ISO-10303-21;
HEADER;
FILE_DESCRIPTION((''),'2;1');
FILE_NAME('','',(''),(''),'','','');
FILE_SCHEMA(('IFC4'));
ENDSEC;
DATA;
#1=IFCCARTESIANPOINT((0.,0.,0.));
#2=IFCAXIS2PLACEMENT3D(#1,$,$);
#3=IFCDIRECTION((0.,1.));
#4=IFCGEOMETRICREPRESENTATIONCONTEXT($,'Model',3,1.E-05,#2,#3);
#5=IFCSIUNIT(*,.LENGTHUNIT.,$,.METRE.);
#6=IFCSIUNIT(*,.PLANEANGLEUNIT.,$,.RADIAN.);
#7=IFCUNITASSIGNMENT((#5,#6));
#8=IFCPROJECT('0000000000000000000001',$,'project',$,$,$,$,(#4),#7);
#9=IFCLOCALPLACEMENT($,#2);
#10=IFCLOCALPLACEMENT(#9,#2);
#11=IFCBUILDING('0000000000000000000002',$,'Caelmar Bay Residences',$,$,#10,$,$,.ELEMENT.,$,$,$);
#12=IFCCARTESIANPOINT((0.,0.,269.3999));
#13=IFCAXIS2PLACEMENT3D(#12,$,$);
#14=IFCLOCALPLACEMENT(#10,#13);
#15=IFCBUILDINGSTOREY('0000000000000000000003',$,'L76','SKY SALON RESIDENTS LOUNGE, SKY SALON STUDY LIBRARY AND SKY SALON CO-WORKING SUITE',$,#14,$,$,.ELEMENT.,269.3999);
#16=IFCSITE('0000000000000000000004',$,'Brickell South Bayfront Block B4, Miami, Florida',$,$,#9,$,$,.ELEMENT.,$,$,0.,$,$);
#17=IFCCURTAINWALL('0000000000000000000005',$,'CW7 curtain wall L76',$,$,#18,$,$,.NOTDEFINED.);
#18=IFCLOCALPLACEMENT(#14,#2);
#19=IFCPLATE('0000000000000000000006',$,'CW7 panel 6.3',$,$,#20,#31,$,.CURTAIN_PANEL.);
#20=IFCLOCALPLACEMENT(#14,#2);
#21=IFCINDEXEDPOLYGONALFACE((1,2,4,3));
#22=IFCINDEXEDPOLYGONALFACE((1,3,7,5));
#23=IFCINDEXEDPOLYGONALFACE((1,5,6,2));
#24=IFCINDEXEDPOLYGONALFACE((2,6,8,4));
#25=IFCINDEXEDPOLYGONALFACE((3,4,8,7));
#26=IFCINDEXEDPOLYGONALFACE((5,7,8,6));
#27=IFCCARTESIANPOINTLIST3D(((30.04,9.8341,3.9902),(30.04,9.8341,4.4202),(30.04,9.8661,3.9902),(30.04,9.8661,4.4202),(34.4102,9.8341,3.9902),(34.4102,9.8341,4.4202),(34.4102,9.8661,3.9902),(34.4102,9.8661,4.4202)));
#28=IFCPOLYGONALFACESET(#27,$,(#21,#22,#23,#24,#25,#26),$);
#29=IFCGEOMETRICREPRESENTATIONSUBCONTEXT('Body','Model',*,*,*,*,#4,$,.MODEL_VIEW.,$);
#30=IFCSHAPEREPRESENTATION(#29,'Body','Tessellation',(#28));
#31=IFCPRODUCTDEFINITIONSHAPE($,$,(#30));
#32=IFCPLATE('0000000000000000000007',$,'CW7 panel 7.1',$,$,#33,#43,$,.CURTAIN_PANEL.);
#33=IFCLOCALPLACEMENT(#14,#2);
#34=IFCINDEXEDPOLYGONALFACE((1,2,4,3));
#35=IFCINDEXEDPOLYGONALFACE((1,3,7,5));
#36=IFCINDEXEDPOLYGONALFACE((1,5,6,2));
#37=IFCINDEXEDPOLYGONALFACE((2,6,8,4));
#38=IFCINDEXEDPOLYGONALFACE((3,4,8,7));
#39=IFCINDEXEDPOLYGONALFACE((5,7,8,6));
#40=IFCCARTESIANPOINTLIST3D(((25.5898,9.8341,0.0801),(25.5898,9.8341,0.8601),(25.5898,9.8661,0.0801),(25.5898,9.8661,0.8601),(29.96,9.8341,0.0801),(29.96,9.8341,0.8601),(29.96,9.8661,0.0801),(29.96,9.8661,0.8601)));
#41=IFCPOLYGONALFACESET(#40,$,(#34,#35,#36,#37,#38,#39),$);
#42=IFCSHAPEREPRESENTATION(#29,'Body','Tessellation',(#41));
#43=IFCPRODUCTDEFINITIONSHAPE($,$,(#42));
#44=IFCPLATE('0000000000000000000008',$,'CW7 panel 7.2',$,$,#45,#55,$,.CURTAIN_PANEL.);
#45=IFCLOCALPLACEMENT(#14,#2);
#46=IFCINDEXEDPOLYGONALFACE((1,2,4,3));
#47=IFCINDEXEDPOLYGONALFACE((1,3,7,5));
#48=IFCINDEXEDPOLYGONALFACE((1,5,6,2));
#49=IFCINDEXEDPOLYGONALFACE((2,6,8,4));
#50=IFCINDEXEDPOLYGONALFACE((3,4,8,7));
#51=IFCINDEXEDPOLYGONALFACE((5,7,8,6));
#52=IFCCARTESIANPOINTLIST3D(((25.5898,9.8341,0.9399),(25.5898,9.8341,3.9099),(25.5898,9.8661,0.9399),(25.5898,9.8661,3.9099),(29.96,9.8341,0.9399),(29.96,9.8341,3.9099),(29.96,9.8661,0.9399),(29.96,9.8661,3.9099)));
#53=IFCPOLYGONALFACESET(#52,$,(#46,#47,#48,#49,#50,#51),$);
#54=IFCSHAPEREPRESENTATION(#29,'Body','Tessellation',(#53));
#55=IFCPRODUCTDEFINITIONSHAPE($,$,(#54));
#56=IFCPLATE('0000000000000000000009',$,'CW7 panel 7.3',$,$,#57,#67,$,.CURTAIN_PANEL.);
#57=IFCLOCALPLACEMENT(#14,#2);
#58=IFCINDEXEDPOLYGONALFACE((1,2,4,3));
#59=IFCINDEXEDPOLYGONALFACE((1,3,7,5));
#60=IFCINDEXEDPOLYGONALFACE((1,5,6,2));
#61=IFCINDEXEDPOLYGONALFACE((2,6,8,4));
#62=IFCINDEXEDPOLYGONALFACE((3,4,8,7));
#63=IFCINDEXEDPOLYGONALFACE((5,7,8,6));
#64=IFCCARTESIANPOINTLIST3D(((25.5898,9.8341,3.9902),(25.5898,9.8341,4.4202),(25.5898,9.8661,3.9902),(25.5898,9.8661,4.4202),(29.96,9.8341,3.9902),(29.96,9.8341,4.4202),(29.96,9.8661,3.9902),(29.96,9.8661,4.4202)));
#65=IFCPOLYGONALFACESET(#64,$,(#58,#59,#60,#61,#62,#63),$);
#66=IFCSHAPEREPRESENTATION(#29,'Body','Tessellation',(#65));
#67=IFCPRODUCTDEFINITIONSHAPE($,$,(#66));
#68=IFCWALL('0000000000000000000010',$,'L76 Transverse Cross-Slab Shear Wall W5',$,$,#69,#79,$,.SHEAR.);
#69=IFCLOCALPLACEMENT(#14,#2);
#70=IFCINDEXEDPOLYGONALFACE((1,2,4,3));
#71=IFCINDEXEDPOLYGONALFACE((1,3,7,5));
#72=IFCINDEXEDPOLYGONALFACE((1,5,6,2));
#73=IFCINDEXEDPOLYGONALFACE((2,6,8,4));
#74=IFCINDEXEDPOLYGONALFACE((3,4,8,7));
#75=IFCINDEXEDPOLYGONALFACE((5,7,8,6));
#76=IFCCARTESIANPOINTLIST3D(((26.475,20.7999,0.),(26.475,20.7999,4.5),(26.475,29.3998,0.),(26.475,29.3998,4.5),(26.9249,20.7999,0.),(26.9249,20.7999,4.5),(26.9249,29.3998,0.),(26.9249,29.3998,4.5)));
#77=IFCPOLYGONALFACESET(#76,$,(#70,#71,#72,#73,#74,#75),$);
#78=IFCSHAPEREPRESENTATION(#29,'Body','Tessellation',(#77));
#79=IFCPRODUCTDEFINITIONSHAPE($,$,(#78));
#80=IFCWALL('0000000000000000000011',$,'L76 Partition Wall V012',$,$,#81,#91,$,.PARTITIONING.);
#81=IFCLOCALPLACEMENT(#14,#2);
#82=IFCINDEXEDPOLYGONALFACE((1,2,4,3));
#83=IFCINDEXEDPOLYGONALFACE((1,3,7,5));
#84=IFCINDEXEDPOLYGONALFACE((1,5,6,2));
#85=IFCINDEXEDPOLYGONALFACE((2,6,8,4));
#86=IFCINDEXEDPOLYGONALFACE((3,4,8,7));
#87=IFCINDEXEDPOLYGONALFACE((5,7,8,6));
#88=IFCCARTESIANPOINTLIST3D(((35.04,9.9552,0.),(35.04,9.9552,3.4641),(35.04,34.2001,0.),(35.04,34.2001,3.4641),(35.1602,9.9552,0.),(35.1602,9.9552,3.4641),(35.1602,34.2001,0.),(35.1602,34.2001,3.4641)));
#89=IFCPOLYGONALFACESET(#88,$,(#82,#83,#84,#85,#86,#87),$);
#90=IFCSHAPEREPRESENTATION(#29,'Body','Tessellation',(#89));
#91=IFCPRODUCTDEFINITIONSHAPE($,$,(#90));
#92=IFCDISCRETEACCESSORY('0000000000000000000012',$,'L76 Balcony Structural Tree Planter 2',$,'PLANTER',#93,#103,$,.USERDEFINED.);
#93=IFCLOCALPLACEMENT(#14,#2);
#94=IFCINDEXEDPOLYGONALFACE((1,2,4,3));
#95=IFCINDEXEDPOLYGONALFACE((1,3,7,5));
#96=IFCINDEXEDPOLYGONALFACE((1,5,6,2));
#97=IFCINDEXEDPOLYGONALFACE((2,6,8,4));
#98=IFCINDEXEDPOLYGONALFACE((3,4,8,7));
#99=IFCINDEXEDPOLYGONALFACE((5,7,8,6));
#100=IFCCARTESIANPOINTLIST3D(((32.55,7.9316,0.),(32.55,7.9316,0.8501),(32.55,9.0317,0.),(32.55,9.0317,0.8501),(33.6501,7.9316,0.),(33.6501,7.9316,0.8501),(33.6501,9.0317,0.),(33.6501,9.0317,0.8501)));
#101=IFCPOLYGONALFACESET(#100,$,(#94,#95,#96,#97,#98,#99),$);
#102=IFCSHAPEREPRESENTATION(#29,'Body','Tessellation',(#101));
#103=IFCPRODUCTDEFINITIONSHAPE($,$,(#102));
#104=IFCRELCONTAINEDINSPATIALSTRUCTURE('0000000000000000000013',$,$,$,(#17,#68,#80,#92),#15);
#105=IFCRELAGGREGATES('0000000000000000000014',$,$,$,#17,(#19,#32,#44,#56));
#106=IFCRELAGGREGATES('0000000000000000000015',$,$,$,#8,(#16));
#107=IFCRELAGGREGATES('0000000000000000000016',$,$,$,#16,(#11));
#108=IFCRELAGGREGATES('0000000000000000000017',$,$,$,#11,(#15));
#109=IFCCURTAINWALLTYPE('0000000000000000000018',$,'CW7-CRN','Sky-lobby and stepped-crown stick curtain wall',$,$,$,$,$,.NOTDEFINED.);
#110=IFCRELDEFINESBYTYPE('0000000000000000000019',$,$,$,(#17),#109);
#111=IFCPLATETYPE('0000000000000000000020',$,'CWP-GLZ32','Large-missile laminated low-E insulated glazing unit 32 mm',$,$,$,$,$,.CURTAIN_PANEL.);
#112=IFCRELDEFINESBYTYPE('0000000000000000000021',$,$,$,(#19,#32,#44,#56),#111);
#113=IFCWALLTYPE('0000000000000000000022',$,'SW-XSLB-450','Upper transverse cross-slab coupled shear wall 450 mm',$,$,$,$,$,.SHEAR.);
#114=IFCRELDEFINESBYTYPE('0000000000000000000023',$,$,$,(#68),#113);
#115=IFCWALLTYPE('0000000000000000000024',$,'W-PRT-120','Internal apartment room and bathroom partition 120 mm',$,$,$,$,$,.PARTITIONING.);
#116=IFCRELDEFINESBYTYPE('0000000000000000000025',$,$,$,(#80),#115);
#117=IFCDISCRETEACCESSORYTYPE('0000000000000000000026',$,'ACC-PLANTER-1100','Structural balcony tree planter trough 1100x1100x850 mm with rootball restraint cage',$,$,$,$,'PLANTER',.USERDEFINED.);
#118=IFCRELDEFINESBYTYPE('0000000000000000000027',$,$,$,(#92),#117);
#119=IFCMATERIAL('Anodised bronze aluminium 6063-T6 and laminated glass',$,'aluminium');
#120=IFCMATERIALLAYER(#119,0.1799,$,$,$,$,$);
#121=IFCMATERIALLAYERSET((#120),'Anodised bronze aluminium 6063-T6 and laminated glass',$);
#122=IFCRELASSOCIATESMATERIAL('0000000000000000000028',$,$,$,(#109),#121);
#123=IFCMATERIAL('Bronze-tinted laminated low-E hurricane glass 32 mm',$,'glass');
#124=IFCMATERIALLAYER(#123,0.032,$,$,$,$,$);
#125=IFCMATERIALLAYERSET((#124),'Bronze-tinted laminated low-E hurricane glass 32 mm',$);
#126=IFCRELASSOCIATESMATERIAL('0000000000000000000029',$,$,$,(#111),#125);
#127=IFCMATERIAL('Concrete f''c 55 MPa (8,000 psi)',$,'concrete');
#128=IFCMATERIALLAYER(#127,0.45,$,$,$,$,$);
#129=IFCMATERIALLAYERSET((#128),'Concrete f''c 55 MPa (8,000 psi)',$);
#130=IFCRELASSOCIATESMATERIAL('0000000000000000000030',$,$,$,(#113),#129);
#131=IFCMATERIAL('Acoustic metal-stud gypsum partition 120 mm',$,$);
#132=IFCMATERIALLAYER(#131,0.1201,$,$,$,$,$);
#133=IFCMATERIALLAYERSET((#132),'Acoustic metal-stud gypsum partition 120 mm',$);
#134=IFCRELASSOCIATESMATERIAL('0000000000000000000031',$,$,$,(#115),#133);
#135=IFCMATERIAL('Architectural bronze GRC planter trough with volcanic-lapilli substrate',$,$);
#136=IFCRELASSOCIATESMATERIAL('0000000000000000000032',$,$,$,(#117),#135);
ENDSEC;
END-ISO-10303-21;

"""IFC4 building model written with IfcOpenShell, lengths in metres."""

from ifc_helpers import new_model, si_unit, direction, frame, frame_2d, origin, origin_2d, place, context, subcontext, project, spatial, rectangle, extrude, material, layer, layer_set, type_object, element, aggregate, save


model = new_model("IFC4")

# Units and contexts
model_context = context("Model", 3, precision=1e-05, world=origin(), true_north=direction((0.0, 1.0)))
body_context = subcontext(model_context, "Body", "Model", "MODEL_VIEW")
ifc_project = project(units=[si_unit("LENGTHUNIT", "METRE"), si_unit("PLANEANGLEUNIT", "RADIAN")], contexts=[model_context])

# Site, building, storey
site_placement = place(None, origin())
site = spatial("IfcSite", under=ifc_project, at=site_placement, Name="Brickell South Bayfront Block B4, Miami, Florida", CompositionType="ELEMENT", RefElevation=0.0)
building_placement = place(site_placement, origin())
building = spatial("IfcBuilding", under=site, at=building_placement, Name="Caelmar Bay Residences", CompositionType="ELEMENT")
storey_placement = place(building_placement, frame((0.0, 0.0, 269.3999)))
storey = spatial("IfcBuildingStorey", under=building, at=storey_placement, Name="L76", Description="SKY SALON RESIDENTS LOUNGE, SKY SALON STUDY LIBRARY AND SKY SALON CO-WORKING SUITE", CompositionType="ELEMENT", Elevation=269.3999)

# Shared definitions
ifc_material_1 = material(Name="Concrete f'c 55 MPa (8,000 psi)", Category="concrete")

# Curtain wall, plates
ifc_material_2 = material(Name="Anodised bronze aluminium 6063-T6 and laminated glass", Category="aluminium")
ifc_layer_1 = layer(ifc_material_2, 0.1799)
ifc_layer_set_1 = layer_set([ifc_layer_1], Name="Anodised bronze aluminium 6063-T6 and laminated glass")
curtain_wall_type = type_object("IfcCurtainWallType", Name="CW7-CRN", Description="Sky-lobby and stepped-crown stick curtain wall", PredefinedType="NOTDEFINED", material=ifc_layer_set_1)
curtain_wall_placement = place(storey_placement, origin())
curtain_wall = element("IfcCurtainWall", 1, at=curtain_wall_placement, inside=storey, type_object=curtain_wall_type, Name="CW7 curtain wall L76", PredefinedType="NOTDEFINED")
ifc_material_3 = material(Name="Bronze-tinted laminated low-E hurricane glass 32 mm", Category="glass")
ifc_layer_2 = layer(ifc_material_3, 0.032)
ifc_layer_set_2 = layer_set([ifc_layer_2], Name="Bronze-tinted laminated low-E hurricane glass 32 mm")
plate_type = type_object("IfcPlateType", Name="CWP-GLZ32", Description="Large-missile laminated low-E insulated glazing unit 32 mm", PredefinedType="CURTAIN_PANEL", material=ifc_layer_set_2)
plate_1_placement = place(storey_placement, frame((32.2251, 9.8501, 3.9902), z_axis=(0.0, 0.0, 1.0), x_axis=(-1.0, 0.0, 0.0)))
plate_1 = element("IfcPlate", 2, at=plate_1_placement, type_object=plate_type, Name="CW7 panel 6.3", PredefinedType="CURTAIN_PANEL", context=body_context, shape_type="SweptSolid", body=[
    extrude(rectangle(XDim=4.3701, YDim=0.032, at=origin_2d()), origin(), (0.0, 0.0, 1.0), 0.4299),
])
plate_2_placement = place(storey_placement, frame((27.7749, 9.8501, 0.0801), z_axis=(0.0, 0.0, 1.0), x_axis=(-1.0, 0.0, 0.0)))
plate_2 = element("IfcPlate", 3, at=plate_2_placement, type_object=plate_type, Name="CW7 panel 7.1", PredefinedType="CURTAIN_PANEL", context=body_context, shape_type="SweptSolid", body=[
    extrude(rectangle(XDim=4.3701, YDim=0.032, at=origin_2d()), origin(), (0.0, 0.0, 1.0), 0.78),
])
plate_3_placement = place(storey_placement, frame((27.7749, 9.8501, 0.9399), z_axis=(0.0, 0.0, 1.0), x_axis=(-1.0, 0.0, 0.0)))
plate_3 = element("IfcPlate", 4, at=plate_3_placement, type_object=plate_type, Name="CW7 panel 7.2", PredefinedType="CURTAIN_PANEL", context=body_context, shape_type="SweptSolid", body=[
    extrude(rectangle(XDim=4.3701, YDim=0.032, at=origin_2d()), origin(), (0.0, 0.0, 1.0), 2.97),
])
plate_4_placement = place(storey_placement, frame((27.7749, 9.8501, 3.9902), z_axis=(0.0, 0.0, 1.0), x_axis=(-1.0, 0.0, 0.0)))
plate_4 = element("IfcPlate", 5, at=plate_4_placement, type_object=plate_type, Name="CW7 panel 7.3", PredefinedType="CURTAIN_PANEL", context=body_context, shape_type="SweptSolid", body=[
    extrude(rectangle(XDim=4.3701, YDim=0.032, at=origin_2d()), origin(), (0.0, 0.0, 1.0), 0.4299),
])
aggregate(curtain_wall, [plate_1, plate_2, plate_3, plate_4])

# Walls
ifc_layer_3 = layer(ifc_material_1, 0.45)
ifc_layer_set_3 = layer_set([ifc_layer_3], Name="Concrete f'c 55 MPa (8,000 psi)")
wall_type_1 = type_object("IfcWallType", Name="SW-XSLB-450", Description="Upper transverse cross-slab coupled shear wall 450 mm", PredefinedType="SHEAR", material=ifc_layer_set_3)
wall_1_placement = place(storey_placement, frame((26.7, 20.8, 0.0), z_axis=(0.0, 0.0, 1.0), x_axis=(0.0, 1.0, 0.0)))
element("IfcWall", 6, at=wall_1_placement, inside=storey, type_object=wall_type_1, Name="L76 Transverse Cross-Slab Shear Wall W5", PredefinedType="SHEAR", context=body_context, shape_type="SweptSolid", body=[
    extrude(rectangle(XDim=8.5999, YDim=0.45, at=frame_2d((4.2998, 0.0))), origin(), (0.0, 0.0, 1.0), 4.5),
])
ifc_material_4 = material(Name="Acoustic metal-stud gypsum partition 120 mm")
ifc_layer_4 = layer(ifc_material_4, 0.1201)
ifc_layer_set_4 = layer_set([ifc_layer_4], Name="Acoustic metal-stud gypsum partition 120 mm")
wall_type_2 = type_object("IfcWallType", Name="W-PRT-120", Description="Internal apartment room and bathroom partition 120 mm", PredefinedType="PARTITIONING", material=ifc_layer_set_4)
wall_2_placement = place(storey_placement, frame((35.1001, 9.9551, 0.0), z_axis=(0.0, 0.0, 1.0), x_axis=(0.0, 1.0, 0.0)))
element("IfcWall", 7, at=wall_2_placement, inside=storey, type_object=wall_type_2, Name="L76 Partition Wall V012", PredefinedType="PARTITIONING", context=body_context, shape_type="SweptSolid", body=[
    extrude(rectangle(XDim=24.2449, YDim=0.1201, at=frame_2d((12.1226, 0.0))), origin(), (0.0, 0.0, 1.0), 3.4641),
])

# Discrete accessory
ifc_material_5 = material(Name="Architectural bronze GRC planter trough with volcanic-lapilli substrate")
discrete_accessory_type = type_object("IfcDiscreteAccessoryType", Name="ACC-PLANTER-1100", Description="Structural balcony tree planter trough 1100x1100x850 mm with rootball restraint cage", ElementType="PLANTER", PredefinedType="USERDEFINED", material=ifc_material_5)
discrete_accessory_placement = place(storey_placement, frame((33.1001, 8.4817, 0.0), z_axis=(0.0, 0.0, 1.0), x_axis=(1.0, 0.0, 0.0)))
element("IfcDiscreteAccessory", 8, at=discrete_accessory_placement, inside=storey, type_object=discrete_accessory_type, Name="L76 Balcony Structural Tree Planter 2", ObjectType="PLANTER", PredefinedType="USERDEFINED", context=body_context, shape_type="SweptSolid", body=[
    extrude(rectangle(XDim=1.1001, YDim=1.1001, at=origin_2d()), origin(), (0.0, 0.0, 1.0), 0.8501),
])

save(model, "model.ifc")
